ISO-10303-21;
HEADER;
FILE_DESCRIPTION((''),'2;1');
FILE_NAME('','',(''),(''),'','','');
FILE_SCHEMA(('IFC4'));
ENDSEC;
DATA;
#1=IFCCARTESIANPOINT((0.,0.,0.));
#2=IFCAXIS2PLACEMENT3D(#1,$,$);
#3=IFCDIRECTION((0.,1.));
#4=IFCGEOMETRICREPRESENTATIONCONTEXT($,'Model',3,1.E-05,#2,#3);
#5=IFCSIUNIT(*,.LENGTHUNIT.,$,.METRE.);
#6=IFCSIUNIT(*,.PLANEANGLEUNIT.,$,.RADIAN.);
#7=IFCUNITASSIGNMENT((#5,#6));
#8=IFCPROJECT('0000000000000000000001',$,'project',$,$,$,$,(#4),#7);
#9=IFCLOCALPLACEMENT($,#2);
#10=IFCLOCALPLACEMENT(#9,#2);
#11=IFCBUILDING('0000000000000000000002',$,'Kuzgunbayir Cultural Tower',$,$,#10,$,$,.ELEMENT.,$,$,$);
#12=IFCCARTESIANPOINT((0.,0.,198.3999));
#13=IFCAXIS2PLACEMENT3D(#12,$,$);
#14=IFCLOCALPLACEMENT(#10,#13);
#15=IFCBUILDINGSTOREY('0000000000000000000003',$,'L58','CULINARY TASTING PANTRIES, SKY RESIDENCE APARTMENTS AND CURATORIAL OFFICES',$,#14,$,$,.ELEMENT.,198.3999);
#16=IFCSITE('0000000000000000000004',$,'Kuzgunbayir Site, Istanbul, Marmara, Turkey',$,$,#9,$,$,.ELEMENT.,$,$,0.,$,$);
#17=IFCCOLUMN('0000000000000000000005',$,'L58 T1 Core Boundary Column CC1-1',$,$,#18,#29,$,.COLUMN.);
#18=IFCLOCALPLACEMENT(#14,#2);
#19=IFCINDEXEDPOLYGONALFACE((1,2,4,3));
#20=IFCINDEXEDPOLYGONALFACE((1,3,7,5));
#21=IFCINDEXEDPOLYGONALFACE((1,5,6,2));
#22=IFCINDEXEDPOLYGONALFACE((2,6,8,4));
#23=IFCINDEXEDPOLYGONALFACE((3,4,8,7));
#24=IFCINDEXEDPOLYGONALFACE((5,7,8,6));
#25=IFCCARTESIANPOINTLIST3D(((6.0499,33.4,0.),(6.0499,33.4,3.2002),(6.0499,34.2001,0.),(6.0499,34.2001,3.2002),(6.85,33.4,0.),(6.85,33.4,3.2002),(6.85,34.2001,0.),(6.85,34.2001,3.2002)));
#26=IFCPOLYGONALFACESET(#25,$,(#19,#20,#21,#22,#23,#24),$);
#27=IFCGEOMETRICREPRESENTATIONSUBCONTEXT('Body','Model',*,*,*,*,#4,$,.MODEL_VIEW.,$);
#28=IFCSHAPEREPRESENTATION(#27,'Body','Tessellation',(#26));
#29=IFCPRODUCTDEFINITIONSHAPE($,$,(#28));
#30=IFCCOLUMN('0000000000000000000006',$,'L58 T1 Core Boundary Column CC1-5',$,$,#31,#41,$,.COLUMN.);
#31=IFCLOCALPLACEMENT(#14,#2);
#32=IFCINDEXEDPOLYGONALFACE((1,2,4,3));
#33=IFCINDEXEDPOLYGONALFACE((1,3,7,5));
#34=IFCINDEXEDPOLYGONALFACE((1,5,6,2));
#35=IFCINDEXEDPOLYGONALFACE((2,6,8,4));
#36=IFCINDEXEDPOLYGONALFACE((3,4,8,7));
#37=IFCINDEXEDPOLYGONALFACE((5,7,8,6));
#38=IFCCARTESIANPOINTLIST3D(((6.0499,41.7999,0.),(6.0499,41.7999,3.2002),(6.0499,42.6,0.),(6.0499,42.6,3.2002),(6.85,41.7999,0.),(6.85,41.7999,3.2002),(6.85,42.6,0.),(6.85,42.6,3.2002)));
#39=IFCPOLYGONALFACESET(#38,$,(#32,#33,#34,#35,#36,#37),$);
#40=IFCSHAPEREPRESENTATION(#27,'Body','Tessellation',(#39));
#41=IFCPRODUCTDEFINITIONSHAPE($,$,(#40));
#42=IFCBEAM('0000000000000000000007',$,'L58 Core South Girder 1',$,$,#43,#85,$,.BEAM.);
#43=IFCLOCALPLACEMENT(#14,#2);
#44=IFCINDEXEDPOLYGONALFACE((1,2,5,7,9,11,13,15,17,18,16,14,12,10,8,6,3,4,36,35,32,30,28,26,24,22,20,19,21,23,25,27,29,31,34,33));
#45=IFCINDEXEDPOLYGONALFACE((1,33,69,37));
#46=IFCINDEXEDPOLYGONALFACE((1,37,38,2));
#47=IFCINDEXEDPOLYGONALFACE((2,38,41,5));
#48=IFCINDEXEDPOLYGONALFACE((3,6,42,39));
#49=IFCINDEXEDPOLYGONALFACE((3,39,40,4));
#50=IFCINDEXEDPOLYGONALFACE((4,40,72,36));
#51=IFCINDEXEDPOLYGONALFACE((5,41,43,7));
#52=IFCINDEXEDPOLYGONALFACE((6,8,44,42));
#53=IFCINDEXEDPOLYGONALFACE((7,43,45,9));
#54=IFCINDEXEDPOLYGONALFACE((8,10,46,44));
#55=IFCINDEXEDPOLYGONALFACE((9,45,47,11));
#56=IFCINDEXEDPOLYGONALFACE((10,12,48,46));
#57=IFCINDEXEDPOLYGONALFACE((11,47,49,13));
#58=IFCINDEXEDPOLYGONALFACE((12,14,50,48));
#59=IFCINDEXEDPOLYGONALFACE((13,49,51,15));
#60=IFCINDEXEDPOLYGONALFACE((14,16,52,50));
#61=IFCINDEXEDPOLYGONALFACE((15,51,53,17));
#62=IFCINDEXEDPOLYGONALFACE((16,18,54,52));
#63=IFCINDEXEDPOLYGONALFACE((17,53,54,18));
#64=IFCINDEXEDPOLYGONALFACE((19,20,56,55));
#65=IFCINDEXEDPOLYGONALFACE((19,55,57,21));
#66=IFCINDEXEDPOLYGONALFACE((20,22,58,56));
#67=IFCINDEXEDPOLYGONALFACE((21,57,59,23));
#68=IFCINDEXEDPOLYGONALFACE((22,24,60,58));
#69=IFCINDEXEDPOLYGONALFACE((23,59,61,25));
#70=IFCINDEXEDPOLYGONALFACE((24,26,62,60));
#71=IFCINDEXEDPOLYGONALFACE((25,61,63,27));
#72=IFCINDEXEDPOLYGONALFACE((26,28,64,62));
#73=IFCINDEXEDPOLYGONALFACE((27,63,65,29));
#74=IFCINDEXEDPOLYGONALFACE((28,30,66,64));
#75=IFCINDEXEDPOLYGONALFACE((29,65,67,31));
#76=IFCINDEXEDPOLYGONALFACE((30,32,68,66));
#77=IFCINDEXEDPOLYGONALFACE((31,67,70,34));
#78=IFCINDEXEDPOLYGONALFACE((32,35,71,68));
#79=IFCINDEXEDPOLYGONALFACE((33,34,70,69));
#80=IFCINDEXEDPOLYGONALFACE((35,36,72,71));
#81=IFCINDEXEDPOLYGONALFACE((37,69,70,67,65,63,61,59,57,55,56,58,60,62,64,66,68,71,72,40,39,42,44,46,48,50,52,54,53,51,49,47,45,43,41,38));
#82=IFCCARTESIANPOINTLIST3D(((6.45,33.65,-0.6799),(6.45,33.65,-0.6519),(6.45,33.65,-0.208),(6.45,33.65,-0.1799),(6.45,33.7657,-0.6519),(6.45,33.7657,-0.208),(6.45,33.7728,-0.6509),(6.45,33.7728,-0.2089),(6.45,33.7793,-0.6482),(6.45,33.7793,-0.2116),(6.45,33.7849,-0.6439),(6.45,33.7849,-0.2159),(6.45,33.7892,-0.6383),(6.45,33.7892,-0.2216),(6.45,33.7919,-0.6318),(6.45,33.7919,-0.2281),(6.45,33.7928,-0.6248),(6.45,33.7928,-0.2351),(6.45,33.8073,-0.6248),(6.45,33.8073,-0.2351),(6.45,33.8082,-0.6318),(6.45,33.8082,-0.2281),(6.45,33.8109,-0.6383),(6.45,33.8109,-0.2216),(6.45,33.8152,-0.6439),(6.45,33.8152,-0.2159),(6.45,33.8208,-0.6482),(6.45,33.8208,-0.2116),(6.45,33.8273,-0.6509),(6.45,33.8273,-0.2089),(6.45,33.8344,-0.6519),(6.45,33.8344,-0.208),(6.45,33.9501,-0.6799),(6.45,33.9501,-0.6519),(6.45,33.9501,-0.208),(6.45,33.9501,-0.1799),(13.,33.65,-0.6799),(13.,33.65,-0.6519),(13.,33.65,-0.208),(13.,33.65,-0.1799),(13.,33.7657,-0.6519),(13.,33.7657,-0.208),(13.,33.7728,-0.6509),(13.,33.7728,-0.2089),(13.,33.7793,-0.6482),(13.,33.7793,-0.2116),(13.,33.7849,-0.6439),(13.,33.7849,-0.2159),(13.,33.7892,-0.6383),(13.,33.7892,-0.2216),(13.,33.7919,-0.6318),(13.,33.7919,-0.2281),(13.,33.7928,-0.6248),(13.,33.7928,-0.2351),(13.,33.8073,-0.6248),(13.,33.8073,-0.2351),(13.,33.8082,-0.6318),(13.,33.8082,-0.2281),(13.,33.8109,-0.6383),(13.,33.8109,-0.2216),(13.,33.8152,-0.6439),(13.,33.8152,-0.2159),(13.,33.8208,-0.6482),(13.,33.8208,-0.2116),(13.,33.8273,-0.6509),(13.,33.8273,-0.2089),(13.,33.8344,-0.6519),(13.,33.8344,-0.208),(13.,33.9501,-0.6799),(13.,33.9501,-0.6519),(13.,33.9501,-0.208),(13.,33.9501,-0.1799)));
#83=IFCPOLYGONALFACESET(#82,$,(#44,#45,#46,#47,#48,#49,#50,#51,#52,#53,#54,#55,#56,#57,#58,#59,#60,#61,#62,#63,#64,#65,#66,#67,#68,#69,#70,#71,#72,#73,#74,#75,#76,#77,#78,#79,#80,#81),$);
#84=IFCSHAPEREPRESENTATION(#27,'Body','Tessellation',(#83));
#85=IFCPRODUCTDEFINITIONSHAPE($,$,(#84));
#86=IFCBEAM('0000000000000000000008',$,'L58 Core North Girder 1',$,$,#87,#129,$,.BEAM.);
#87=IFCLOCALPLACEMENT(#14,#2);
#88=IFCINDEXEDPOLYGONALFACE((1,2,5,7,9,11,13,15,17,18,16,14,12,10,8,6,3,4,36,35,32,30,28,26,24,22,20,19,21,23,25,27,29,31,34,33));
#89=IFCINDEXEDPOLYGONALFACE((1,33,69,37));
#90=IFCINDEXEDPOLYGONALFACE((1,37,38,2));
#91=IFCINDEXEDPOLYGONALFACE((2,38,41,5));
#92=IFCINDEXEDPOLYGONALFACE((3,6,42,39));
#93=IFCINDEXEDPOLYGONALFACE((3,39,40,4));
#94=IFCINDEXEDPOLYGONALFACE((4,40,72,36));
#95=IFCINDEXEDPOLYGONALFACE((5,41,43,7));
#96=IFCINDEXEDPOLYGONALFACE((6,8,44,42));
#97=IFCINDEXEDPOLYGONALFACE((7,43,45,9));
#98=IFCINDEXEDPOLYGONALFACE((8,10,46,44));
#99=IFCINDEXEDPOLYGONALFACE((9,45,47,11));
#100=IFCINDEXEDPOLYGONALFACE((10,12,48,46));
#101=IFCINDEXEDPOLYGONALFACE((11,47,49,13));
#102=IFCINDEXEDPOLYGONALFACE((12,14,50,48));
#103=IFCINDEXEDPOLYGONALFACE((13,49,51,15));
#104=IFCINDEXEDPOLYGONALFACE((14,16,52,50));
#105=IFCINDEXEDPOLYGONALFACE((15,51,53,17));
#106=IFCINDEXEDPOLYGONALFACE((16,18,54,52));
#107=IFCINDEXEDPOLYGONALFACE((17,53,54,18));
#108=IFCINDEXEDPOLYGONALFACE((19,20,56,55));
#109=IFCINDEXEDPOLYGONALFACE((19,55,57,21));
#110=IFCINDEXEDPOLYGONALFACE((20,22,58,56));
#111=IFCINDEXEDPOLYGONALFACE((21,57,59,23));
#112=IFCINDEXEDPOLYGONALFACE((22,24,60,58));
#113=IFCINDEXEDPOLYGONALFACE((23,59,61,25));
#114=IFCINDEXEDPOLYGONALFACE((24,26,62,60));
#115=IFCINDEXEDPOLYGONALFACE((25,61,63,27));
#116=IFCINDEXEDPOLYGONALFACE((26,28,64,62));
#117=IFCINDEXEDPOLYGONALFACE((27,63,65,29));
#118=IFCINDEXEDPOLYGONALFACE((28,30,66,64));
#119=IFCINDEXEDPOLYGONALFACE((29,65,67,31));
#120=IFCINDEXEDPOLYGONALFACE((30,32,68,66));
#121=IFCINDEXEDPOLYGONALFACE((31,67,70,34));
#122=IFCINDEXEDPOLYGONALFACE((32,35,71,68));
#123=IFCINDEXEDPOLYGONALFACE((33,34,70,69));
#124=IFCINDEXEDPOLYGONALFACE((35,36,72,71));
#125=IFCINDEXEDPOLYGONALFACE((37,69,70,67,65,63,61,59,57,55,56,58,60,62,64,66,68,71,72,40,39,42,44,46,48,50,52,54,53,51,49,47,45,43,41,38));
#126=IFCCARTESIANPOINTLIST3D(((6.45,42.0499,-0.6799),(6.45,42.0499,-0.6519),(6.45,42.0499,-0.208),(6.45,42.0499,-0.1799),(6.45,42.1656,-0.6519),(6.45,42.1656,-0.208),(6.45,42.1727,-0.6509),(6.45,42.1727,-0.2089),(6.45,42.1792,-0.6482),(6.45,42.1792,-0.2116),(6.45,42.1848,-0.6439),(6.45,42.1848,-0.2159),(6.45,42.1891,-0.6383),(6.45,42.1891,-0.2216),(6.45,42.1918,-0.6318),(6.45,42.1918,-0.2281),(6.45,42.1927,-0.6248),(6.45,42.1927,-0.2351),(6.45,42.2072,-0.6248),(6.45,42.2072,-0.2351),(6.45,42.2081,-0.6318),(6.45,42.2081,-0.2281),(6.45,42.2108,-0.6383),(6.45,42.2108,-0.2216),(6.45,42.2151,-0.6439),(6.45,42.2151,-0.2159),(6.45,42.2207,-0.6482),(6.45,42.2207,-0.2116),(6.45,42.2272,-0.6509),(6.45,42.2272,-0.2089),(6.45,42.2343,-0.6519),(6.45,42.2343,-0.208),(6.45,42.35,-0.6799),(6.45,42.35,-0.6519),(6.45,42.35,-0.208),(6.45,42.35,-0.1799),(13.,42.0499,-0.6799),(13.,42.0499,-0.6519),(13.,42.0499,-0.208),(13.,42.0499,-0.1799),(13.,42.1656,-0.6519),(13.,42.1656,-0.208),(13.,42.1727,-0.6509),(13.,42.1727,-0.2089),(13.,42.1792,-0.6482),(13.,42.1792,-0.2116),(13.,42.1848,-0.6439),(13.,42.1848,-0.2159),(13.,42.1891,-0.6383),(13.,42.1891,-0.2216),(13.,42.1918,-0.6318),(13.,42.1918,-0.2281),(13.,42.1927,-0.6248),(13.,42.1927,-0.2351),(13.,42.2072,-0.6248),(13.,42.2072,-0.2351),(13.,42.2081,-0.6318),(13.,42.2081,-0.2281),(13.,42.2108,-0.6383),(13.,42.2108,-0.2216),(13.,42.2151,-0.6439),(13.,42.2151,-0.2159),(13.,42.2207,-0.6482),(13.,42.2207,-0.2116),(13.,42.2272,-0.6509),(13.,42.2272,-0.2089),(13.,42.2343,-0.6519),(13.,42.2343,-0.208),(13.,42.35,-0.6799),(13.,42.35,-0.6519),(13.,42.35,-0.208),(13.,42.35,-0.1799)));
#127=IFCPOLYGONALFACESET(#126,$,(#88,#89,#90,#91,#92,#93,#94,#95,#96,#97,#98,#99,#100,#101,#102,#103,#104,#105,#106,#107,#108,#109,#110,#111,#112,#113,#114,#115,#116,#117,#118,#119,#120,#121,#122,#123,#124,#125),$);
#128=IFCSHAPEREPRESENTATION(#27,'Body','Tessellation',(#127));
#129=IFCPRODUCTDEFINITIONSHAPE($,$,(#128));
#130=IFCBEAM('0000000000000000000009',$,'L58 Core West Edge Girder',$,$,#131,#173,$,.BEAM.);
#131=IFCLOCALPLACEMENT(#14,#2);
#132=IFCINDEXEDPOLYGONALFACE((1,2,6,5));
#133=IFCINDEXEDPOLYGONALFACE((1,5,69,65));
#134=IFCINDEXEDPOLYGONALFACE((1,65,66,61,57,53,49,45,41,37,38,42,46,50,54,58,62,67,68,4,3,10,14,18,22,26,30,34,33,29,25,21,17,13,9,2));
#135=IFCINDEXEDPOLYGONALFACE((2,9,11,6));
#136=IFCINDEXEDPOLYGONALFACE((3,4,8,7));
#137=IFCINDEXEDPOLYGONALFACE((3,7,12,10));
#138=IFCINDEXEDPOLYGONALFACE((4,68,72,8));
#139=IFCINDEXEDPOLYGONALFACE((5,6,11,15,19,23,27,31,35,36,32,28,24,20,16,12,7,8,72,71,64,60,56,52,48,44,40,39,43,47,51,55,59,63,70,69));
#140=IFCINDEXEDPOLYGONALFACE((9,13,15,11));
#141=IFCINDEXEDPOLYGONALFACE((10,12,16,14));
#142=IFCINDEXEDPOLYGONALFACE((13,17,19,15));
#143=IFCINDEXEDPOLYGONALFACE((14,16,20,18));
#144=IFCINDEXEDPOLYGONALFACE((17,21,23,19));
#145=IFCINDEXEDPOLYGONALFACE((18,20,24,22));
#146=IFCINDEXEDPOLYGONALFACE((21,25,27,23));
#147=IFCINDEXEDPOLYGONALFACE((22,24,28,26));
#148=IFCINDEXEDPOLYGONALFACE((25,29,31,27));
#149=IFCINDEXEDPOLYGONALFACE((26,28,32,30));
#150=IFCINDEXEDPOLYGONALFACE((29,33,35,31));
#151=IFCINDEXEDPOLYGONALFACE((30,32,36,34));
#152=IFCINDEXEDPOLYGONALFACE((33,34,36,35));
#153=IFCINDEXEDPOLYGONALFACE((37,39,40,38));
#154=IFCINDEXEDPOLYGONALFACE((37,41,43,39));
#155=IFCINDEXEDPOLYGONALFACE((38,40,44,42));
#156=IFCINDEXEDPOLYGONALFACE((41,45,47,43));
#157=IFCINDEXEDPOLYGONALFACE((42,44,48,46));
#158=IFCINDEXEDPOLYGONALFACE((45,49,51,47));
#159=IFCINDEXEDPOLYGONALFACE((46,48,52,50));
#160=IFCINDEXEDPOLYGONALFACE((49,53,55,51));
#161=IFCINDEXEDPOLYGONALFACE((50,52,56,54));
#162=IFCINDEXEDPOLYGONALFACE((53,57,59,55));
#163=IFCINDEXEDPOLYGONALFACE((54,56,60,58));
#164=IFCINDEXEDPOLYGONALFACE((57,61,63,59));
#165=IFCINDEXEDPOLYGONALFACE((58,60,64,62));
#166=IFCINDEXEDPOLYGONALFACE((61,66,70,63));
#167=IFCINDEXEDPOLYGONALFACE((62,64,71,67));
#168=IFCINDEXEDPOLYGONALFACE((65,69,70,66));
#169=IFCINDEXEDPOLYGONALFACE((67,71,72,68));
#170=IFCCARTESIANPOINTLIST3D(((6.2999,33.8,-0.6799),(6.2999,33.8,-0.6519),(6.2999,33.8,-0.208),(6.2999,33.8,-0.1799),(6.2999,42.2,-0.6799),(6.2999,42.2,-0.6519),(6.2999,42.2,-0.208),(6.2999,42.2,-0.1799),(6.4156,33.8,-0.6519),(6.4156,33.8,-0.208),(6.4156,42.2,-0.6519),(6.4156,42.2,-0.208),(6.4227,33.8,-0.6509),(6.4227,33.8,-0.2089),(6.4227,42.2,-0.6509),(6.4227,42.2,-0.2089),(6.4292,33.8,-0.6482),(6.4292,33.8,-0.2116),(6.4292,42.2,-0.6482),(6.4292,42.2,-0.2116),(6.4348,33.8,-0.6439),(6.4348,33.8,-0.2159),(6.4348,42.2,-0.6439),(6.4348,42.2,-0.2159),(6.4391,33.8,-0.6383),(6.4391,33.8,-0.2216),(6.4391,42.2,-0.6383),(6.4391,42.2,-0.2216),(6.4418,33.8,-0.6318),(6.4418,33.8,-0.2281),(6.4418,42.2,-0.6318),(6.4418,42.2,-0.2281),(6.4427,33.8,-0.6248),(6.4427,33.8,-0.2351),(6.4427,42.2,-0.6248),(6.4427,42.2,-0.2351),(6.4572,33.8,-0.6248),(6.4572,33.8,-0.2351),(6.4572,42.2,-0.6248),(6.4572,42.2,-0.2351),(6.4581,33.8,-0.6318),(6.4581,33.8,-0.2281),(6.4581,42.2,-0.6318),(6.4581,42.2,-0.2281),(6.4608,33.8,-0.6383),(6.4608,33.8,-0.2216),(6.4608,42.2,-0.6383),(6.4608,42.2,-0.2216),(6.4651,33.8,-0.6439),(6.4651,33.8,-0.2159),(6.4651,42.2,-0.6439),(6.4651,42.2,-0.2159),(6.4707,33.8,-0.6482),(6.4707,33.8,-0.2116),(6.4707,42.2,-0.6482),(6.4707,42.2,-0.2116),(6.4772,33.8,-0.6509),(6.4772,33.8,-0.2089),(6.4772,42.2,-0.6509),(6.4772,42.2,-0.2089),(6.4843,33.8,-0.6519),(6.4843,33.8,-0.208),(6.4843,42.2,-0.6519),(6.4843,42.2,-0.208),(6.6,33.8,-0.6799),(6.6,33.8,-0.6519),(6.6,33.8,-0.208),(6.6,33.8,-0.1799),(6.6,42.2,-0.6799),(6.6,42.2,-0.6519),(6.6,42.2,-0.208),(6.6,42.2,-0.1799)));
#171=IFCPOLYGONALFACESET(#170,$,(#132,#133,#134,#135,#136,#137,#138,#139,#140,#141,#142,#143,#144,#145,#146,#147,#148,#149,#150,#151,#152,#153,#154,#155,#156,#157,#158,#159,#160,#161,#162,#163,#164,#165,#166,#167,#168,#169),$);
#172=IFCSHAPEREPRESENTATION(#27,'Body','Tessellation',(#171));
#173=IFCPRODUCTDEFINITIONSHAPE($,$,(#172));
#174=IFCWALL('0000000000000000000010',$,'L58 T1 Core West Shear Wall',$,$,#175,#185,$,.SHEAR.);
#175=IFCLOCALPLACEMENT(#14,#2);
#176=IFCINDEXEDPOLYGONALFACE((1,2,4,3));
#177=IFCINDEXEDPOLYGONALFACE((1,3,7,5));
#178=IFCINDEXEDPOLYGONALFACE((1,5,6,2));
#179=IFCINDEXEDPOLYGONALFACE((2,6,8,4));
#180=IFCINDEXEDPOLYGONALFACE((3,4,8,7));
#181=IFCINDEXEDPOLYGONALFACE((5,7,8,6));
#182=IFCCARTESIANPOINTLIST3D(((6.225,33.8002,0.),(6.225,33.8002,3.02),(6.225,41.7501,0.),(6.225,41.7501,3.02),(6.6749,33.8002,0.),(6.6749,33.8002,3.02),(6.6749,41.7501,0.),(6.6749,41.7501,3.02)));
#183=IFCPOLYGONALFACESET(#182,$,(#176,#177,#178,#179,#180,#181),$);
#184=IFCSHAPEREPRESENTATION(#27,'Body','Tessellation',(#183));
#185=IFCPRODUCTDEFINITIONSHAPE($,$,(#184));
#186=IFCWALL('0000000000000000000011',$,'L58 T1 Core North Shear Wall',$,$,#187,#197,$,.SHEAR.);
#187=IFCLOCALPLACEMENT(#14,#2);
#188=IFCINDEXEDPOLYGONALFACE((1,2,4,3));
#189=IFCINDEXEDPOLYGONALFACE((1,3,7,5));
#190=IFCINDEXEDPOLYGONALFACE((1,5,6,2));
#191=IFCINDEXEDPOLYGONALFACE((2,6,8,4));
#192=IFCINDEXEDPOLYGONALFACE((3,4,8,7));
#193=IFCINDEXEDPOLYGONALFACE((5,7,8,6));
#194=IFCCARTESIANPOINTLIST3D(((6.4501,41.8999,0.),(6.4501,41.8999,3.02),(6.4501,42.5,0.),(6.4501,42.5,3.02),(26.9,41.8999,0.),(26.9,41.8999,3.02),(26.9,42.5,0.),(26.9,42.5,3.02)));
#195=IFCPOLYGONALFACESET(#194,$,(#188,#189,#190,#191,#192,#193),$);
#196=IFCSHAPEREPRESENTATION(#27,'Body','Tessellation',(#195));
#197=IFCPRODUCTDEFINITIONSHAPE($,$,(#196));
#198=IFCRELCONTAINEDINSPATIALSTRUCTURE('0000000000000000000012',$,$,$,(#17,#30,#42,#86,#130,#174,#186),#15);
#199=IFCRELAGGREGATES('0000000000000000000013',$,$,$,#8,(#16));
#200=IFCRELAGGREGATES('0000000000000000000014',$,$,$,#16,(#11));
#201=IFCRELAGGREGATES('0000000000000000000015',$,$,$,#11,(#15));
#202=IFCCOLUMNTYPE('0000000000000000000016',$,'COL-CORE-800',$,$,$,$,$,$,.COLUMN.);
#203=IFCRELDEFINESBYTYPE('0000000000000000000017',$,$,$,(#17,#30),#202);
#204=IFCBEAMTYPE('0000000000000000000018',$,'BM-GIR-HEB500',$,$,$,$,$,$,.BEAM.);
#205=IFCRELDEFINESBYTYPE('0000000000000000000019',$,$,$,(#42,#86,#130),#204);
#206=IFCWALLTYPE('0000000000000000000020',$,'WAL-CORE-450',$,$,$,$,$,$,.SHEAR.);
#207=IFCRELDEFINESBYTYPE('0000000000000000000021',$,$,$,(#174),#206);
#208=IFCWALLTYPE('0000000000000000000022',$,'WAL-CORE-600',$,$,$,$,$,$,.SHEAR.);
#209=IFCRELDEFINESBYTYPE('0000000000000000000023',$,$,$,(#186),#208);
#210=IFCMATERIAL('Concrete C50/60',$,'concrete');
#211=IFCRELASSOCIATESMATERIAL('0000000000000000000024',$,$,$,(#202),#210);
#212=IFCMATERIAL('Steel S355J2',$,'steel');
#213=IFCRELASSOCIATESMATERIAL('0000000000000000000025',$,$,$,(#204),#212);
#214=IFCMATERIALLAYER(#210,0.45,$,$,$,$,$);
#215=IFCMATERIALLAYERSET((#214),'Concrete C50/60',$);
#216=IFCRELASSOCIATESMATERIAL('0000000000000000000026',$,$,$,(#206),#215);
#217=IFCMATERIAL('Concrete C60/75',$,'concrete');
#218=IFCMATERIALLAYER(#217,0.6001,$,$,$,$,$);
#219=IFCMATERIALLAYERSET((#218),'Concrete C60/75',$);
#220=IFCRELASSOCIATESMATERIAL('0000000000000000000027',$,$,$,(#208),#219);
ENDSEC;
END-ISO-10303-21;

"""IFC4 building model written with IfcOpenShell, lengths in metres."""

from ifc_helpers import new_model, si_unit, direction, frame, frame_2d, origin, origin_2d, place, context, subcontext, project, spatial, rectangle, i_section, extrude, material, layer, layer_set, material_profile, profile_set, type_object, element, save


model = new_model("IFC4")

# Units and contexts
model_context = context("Model", 3, precision=1e-05, world=origin(), true_north=direction((0.0, 1.0)))
body_context = subcontext(model_context, "Body", "Model", "MODEL_VIEW")
ifc_project = project(units=[si_unit("LENGTHUNIT", "METRE"), si_unit("PLANEANGLEUNIT", "RADIAN")], contexts=[model_context])

# Site, building, storey
site_placement = place(None, origin())
site = spatial("IfcSite", under=ifc_project, at=site_placement, Name="Kuzgunbayir Site, Istanbul, Marmara, Turkey", CompositionType="ELEMENT", RefElevation=0.0)
building_placement = place(site_placement, origin())
building = spatial("IfcBuilding", under=site, at=building_placement, Name="Kuzgunbayir Cultural Tower", CompositionType="ELEMENT")
storey_placement = place(building_placement, frame((0.0, 0.0, 198.3999)))
storey = spatial("IfcBuildingStorey", under=building, at=storey_placement, Name="L58", Description="CULINARY TASTING PANTRIES, SKY RESIDENCE APARTMENTS AND CURATORIAL OFFICES", CompositionType="ELEMENT", Elevation=198.3999)

# Columns
ifc_material_1 = material(Name="Concrete C50/60", Category="concrete")
ifc_material_profile_1 = material_profile(ifc_material_1, rectangle(XDim=0.8, YDim=0.8, at=origin_2d()), Name="RC 800x800")
ifc_profile_set_1 = profile_set([ifc_material_profile_1], Name="Concrete C50/60")
column_type = type_object("IfcColumnType", Name="COL-CORE-800", PredefinedType="COLUMN", material=ifc_profile_set_1)
for number, where, z_axis, x_axis, name in (
    (1, (6.45, 33.8, 0.0), (0.0, 0.0, 1.0), (1.0, 0.0, 0.0), "L58 T1 Core Boundary Column CC1-1"),
    (2, (6.45, 42.2, 0.0), (0.0, 0.0, 1.0), (1.0, 0.0, 0.0), "L58 T1 Core Boundary Column CC1-5"),
):
    element("IfcColumn", number, at=place(storey_placement, frame(where, z_axis=z_axis, x_axis=x_axis)), inside=storey, type_object=column_type, Name=name, PredefinedType="COLUMN", context=body_context, shape_type="SweptSolid", body=[
        extrude(rectangle(XDim=0.8, YDim=0.8, at=origin_2d()), origin(), (0.0, 0.0, 1.0), 3.2002),
    ])

# Beams
ifc_material_2 = material(Name="Steel S355J2", Category="steel")
ifc_material_profile_2 = material_profile(ifc_material_2, i_section(OverallWidth=0.3, OverallDepth=0.5, WebThickness=0.0144, FlangeThickness=0.0281, FilletRadius=0.0271, at=origin_2d()), Name="HEB 500")
ifc_profile_set_2 = profile_set([ifc_material_profile_2], Name="Steel S355J2")
beam_type = type_object("IfcBeamType", Name="BM-GIR-HEB500", PredefinedType="BEAM", material=ifc_profile_set_2)
for number, where, z_axis, x_axis, name in (
    (3, (6.45, 33.8, -0.4299), (1.0, 0.0, 0.0), (0.0, 1.0, 0.0), "L58 Core South Girder 1"),
    (4, (6.45, 42.2, -0.4299), (1.0, 0.0, 0.0), (0.0, 1.0, 0.0), "L58 Core North Girder 1"),
):
    element("IfcBeam", number, at=place(storey_placement, frame(where, z_axis=z_axis, x_axis=x_axis)), inside=storey, type_object=beam_type, Name=name, PredefinedType="BEAM", context=body_context, shape_type="SweptSolid", body=[
        extrude(i_section(OverallWidth=0.3, OverallDepth=0.5, WebThickness=0.0144, FlangeThickness=0.0281, FilletRadius=0.0271, at=origin_2d()), origin(), (0.0, 0.0, 1.0), 6.55),
    ])
beam_placement = place(storey_placement, frame((6.45, 33.8, -0.4299), z_axis=(0.0, 1.0, 0.0), x_axis=(-1.0, 0.0, 0.0)))
element("IfcBeam", 5, at=beam_placement, inside=storey, type_object=beam_type, Name="L58 Core West Edge Girder", PredefinedType="BEAM", context=body_context, shape_type="SweptSolid", body=[
    extrude(i_section(OverallWidth=0.3, OverallDepth=0.5, WebThickness=0.0144, FlangeThickness=0.0281, FilletRadius=0.0271, at=origin_2d()), origin(), (0.0, 0.0, 1.0), 8.3999),
])

# Walls
ifc_layer_1 = layer(ifc_material_1, 0.45)
ifc_layer_set_1 = layer_set([ifc_layer_1], Name="Concrete C50/60")
wall_type_1 = type_object("IfcWallType", Name="WAL-CORE-450", PredefinedType="SHEAR", material=ifc_layer_set_1)
wall_1_placement = place(storey_placement, frame((6.45, 33.8, 0.0), z_axis=(0.0, 0.0, 1.0), x_axis=(0.0, 1.0, 0.0)))
element("IfcWall", 6, at=wall_1_placement, inside=storey, type_object=wall_type_1, Name="L58 T1 Core West Shear Wall", PredefinedType="SHEAR", context=body_context, shape_type="SweptSolid", body=[
    extrude(rectangle(XDim=7.95, YDim=0.45, at=frame_2d((3.9751, 0.0))), origin(), (0.0, 0.0, 1.0), 3.02),
])
ifc_material_3 = material(Name="Concrete C60/75", Category="concrete")
ifc_layer_2 = layer(ifc_material_3, 0.6001)
ifc_layer_set_2 = layer_set([ifc_layer_2], Name="Concrete C60/75")
wall_type_2 = type_object("IfcWallType", Name="WAL-CORE-600", PredefinedType="SHEAR", material=ifc_layer_set_2)
wall_2_placement = place(storey_placement, frame((6.45, 42.2, 0.0), z_axis=(0.0, 0.0, 1.0), x_axis=(1.0, 0.0, 0.0)))
element("IfcWall", 7, at=wall_2_placement, inside=storey, type_object=wall_type_2, Name="L58 T1 Core North Shear Wall", PredefinedType="SHEAR", context=body_context, shape_type="SweptSolid", body=[
    extrude(rectangle(XDim=20.45, YDim=0.6001, at=frame_2d((10.2251, 0.0))), origin(), (0.0, 0.0, 1.0), 3.02),
])

save(model, "model.ifc")
